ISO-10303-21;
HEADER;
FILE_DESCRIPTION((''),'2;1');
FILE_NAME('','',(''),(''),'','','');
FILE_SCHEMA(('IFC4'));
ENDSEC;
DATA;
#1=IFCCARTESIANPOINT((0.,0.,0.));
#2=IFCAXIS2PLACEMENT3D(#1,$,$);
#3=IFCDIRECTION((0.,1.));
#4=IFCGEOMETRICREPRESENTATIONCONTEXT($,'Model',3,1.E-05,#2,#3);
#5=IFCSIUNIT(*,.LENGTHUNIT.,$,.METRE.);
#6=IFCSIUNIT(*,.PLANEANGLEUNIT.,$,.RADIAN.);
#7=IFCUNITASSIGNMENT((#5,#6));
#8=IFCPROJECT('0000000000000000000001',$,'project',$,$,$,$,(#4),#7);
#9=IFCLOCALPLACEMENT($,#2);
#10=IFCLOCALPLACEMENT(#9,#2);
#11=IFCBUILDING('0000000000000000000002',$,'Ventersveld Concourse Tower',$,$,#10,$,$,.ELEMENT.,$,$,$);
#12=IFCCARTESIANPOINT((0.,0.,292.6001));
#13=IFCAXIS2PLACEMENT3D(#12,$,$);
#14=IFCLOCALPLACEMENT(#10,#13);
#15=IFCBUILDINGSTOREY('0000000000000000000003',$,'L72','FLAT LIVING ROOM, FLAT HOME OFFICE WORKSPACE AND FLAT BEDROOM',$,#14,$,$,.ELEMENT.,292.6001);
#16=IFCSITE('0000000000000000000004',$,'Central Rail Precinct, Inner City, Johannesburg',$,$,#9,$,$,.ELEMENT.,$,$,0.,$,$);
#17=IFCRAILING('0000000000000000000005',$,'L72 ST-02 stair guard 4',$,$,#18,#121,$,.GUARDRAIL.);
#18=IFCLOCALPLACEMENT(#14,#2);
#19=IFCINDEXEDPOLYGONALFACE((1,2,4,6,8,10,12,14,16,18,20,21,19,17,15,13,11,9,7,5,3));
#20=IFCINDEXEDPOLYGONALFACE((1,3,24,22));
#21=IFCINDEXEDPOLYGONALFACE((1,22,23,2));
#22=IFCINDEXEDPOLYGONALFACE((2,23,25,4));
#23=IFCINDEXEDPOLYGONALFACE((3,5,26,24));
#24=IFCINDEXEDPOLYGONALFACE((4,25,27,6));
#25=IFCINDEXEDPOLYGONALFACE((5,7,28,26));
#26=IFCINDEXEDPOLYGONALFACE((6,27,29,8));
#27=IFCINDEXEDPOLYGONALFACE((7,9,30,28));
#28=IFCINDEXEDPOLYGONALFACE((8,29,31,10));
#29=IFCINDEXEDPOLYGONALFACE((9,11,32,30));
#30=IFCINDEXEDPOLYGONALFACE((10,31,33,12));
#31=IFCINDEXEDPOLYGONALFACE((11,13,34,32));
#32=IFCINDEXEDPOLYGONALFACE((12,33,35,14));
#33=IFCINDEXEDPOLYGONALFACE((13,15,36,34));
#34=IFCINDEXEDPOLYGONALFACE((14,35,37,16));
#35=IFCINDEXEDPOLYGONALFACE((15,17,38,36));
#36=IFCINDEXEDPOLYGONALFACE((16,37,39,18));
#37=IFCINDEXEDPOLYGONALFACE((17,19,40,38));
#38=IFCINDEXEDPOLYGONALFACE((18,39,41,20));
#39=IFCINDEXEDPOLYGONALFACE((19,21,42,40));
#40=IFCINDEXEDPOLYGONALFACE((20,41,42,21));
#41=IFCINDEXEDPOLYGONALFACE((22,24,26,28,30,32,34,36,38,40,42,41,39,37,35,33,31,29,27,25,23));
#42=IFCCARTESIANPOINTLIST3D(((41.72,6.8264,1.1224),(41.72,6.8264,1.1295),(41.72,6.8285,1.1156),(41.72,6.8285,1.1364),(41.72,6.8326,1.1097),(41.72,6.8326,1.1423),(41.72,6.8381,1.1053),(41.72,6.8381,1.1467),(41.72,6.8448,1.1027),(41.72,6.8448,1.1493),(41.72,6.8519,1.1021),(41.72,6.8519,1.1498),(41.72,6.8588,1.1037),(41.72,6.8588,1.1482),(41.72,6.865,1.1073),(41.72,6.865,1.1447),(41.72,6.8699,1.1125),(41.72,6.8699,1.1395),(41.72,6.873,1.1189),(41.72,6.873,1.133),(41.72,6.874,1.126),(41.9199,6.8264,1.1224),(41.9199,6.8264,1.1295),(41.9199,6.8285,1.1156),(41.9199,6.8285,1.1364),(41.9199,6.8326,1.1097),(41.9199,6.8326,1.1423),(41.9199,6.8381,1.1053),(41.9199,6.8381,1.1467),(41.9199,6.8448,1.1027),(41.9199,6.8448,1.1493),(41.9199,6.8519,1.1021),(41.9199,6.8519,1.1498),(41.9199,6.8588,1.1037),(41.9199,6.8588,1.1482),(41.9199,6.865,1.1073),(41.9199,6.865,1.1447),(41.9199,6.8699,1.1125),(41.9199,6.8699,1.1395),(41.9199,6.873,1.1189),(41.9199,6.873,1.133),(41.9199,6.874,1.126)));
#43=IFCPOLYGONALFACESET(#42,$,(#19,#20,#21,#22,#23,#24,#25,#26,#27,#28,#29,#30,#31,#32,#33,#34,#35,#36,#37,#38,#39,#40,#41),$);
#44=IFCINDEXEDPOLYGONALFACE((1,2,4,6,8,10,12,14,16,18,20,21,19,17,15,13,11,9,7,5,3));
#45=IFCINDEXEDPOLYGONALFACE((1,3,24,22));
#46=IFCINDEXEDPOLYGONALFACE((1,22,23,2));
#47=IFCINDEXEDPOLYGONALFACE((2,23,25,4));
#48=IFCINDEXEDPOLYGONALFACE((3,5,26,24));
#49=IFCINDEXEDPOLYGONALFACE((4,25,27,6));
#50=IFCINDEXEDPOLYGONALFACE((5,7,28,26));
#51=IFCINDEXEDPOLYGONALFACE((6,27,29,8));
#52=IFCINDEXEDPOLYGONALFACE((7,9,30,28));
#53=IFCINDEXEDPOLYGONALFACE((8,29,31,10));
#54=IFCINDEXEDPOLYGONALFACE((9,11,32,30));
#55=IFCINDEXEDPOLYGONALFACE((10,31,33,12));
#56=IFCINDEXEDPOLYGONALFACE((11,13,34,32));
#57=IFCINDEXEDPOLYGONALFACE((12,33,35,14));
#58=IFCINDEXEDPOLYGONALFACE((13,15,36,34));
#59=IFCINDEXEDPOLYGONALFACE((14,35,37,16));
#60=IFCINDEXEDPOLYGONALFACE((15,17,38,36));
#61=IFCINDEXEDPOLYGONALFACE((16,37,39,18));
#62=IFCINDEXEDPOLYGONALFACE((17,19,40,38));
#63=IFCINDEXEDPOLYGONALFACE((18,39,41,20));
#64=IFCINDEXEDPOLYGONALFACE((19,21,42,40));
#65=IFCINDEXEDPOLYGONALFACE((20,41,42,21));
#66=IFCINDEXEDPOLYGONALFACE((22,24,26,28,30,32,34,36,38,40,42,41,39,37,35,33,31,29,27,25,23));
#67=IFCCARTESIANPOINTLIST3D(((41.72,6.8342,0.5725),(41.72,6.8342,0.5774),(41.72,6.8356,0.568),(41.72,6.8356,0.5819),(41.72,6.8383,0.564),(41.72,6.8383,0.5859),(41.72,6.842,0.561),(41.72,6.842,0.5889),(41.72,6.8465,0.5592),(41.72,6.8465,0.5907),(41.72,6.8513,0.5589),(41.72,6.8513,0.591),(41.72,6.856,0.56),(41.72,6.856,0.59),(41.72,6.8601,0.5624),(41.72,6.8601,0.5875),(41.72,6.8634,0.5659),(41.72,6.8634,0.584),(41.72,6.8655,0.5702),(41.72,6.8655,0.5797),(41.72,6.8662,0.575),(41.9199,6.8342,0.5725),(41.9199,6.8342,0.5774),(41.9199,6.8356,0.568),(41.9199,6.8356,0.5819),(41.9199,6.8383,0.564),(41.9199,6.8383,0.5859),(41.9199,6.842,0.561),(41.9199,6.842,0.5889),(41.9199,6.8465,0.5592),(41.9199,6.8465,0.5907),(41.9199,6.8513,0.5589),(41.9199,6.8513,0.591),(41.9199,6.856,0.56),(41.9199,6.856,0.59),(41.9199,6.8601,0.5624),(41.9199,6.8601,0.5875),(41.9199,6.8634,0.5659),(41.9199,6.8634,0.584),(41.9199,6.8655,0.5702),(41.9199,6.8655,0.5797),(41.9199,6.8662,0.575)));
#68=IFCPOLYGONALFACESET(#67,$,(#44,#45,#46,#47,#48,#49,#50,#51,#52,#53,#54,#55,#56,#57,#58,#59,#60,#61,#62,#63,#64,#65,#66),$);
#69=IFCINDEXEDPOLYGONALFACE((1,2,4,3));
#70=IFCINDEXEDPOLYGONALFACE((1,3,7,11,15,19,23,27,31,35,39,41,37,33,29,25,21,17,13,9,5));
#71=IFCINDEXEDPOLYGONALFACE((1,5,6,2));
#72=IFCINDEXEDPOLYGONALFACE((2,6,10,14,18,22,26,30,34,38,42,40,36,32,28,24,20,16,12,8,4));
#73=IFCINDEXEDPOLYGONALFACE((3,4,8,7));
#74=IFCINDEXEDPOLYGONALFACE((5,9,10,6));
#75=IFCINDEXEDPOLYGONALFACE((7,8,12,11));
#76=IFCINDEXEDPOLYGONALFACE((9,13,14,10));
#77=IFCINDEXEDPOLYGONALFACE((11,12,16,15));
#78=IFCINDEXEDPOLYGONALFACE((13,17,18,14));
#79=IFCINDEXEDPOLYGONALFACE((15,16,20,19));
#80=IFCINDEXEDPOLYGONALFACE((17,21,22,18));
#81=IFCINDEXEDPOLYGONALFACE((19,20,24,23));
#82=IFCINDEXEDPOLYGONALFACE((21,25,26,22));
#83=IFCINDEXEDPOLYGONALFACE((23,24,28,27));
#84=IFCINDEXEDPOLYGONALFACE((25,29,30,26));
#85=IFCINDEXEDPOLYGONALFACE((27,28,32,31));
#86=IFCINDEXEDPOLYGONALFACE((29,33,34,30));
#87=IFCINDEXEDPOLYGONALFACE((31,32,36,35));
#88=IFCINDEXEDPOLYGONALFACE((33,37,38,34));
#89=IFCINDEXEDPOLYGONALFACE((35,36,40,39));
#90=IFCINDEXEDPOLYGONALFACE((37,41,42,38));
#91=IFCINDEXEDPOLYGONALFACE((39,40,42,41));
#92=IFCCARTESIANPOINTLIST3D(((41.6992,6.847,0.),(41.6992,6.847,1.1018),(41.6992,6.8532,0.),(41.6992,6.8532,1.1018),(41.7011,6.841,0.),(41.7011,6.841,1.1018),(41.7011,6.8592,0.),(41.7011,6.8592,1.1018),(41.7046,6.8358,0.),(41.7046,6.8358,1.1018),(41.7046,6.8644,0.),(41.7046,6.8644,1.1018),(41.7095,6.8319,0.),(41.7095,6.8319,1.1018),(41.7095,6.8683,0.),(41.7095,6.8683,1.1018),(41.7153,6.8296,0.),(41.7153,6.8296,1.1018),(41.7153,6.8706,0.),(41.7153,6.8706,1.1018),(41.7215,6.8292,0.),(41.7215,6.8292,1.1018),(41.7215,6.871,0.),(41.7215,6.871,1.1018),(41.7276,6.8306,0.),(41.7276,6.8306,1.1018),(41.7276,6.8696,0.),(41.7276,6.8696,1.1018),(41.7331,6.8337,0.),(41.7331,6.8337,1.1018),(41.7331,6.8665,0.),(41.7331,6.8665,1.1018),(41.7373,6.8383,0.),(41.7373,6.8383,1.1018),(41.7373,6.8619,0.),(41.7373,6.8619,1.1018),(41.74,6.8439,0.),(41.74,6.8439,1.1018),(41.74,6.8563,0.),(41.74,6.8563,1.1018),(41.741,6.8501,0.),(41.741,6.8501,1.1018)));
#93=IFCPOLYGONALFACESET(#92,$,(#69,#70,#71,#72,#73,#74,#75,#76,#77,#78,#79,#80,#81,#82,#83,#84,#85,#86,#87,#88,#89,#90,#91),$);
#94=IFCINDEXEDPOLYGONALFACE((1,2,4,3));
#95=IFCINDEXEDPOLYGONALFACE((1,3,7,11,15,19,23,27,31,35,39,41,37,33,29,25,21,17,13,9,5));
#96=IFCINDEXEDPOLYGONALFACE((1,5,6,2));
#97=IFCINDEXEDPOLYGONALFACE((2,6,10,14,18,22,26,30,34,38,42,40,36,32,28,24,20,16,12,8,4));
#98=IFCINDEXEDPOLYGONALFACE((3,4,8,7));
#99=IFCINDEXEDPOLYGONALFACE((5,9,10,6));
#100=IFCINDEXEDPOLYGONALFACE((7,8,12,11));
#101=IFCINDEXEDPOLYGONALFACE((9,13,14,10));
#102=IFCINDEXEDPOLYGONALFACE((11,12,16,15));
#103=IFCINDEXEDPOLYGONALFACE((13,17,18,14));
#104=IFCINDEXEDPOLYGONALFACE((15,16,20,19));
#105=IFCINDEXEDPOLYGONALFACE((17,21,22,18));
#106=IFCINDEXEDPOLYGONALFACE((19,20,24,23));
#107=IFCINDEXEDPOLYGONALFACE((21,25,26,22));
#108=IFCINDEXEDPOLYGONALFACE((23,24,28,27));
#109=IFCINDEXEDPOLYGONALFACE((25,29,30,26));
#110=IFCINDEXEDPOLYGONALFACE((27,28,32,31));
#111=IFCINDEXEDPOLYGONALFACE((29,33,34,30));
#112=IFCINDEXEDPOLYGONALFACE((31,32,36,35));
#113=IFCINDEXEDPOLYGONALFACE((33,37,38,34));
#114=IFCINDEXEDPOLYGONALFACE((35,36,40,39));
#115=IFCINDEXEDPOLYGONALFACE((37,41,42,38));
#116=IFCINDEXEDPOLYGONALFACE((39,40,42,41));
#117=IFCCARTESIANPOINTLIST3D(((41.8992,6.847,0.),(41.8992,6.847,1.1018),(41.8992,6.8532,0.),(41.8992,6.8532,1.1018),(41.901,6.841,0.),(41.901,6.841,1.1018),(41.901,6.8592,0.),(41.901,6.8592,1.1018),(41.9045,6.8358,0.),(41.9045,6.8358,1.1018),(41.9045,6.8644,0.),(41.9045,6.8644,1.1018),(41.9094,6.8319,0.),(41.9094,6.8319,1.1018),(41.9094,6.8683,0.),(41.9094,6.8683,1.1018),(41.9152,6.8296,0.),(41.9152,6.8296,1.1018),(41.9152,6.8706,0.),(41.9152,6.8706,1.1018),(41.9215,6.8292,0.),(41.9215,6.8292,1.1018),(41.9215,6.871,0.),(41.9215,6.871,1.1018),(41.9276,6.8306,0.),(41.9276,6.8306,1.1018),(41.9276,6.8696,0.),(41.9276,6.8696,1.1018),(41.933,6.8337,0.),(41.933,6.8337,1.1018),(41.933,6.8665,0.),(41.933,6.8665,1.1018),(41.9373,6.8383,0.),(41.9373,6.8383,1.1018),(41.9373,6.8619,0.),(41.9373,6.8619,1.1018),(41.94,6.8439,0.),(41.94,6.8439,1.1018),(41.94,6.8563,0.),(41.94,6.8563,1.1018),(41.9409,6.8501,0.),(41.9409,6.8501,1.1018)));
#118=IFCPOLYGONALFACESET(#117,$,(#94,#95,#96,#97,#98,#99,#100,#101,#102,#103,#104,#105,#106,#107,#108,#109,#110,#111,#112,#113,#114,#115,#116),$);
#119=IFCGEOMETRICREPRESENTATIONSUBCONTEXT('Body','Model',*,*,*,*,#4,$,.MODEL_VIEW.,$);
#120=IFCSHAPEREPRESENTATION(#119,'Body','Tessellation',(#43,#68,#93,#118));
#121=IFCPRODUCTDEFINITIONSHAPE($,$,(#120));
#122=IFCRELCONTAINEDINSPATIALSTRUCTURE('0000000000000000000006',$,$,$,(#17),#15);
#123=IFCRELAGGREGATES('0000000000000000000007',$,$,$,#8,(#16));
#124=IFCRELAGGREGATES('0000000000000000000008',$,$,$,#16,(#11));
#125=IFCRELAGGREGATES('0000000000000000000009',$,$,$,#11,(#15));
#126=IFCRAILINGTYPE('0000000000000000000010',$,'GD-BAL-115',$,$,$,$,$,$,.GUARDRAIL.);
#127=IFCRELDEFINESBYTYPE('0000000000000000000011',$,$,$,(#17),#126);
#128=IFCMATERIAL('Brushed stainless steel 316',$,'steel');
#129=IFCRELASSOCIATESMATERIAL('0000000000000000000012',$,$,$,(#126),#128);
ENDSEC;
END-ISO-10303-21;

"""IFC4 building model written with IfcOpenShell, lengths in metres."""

from ifc_helpers import new_model, si_unit, direction, frame, origin, origin_2d, place, context, subcontext, project, spatial, circle, extrude, material, type_object, element, save


model = new_model("IFC4")

# Units and contexts
model_context = context("Model", 3, precision=1e-05, world=origin(), true_north=direction((0.0, 1.0)))
body_context = subcontext(model_context, "Body", "Model", "MODEL_VIEW")
ifc_project = project(units=[si_unit("LENGTHUNIT", "METRE"), si_unit("PLANEANGLEUNIT", "RADIAN")], contexts=[model_context])

# Site, building, storey
site_placement = place(None, origin())
site = spatial("IfcSite", under=ifc_project, at=site_placement, Name="Central Rail Precinct, Inner City, Johannesburg", CompositionType="ELEMENT", RefElevation=0.0)
building_placement = place(site_placement, origin())
building = spatial("IfcBuilding", under=site, at=building_placement, Name="Ventersveld Concourse Tower", CompositionType="ELEMENT")
storey_placement = place(building_placement, frame((0.0, 0.0, 292.6001)))
storey = spatial("IfcBuildingStorey", under=building, at=storey_placement, Name="L72", Description="FLAT LIVING ROOM, FLAT HOME OFFICE WORKSPACE AND FLAT BEDROOM", CompositionType="ELEMENT", Elevation=292.6001)

# Shared definitions
ifc_material_1 = material(Name="Brushed stainless steel 316", Category="steel")

# Railing
railing_type_1 = type_object("IfcRailingType", Name="GD-BAL-115", PredefinedType="GUARDRAIL", material=ifc_material_1)
railing_1_placement = place(storey_placement, frame((41.72, 6.8501, 0.0)))
element("IfcRailing", 1, at=railing_1_placement, inside=storey, type_object=railing_type_1, Name="L72 ST-02 stair guard 4", PredefinedType="GUARDRAIL", context=body_context, shape_type="SweptSolid", body=[
    extrude(circle(Radius=0.0239, at=origin_2d()), frame((0.0, 0.0, 1.126), z_axis=(1.0, 0.0, 0.0), x_axis=(0.0, 1.0, 0.0)), (0.0, 0.0, 1.0), 0.2),
    extrude(circle(Radius=0.0161, at=origin_2d()), frame((0.0, 0.0, 0.575), z_axis=(1.0, 0.0, 0.0), x_axis=(0.0, 1.0, 0.0)), (0.0, 0.0, 1.0), 0.2),
    extrude(circle(Radius=0.021, at=origin_2d()), origin(), (0.0, 0.0, 1.0), 1.1018),
    extrude(circle(Radius=0.021, at=origin_2d()), frame((0.2, 0.0, 0.0)), (0.0, 0.0, 1.0), 1.1018),
])

save(model, "model.ifc")
